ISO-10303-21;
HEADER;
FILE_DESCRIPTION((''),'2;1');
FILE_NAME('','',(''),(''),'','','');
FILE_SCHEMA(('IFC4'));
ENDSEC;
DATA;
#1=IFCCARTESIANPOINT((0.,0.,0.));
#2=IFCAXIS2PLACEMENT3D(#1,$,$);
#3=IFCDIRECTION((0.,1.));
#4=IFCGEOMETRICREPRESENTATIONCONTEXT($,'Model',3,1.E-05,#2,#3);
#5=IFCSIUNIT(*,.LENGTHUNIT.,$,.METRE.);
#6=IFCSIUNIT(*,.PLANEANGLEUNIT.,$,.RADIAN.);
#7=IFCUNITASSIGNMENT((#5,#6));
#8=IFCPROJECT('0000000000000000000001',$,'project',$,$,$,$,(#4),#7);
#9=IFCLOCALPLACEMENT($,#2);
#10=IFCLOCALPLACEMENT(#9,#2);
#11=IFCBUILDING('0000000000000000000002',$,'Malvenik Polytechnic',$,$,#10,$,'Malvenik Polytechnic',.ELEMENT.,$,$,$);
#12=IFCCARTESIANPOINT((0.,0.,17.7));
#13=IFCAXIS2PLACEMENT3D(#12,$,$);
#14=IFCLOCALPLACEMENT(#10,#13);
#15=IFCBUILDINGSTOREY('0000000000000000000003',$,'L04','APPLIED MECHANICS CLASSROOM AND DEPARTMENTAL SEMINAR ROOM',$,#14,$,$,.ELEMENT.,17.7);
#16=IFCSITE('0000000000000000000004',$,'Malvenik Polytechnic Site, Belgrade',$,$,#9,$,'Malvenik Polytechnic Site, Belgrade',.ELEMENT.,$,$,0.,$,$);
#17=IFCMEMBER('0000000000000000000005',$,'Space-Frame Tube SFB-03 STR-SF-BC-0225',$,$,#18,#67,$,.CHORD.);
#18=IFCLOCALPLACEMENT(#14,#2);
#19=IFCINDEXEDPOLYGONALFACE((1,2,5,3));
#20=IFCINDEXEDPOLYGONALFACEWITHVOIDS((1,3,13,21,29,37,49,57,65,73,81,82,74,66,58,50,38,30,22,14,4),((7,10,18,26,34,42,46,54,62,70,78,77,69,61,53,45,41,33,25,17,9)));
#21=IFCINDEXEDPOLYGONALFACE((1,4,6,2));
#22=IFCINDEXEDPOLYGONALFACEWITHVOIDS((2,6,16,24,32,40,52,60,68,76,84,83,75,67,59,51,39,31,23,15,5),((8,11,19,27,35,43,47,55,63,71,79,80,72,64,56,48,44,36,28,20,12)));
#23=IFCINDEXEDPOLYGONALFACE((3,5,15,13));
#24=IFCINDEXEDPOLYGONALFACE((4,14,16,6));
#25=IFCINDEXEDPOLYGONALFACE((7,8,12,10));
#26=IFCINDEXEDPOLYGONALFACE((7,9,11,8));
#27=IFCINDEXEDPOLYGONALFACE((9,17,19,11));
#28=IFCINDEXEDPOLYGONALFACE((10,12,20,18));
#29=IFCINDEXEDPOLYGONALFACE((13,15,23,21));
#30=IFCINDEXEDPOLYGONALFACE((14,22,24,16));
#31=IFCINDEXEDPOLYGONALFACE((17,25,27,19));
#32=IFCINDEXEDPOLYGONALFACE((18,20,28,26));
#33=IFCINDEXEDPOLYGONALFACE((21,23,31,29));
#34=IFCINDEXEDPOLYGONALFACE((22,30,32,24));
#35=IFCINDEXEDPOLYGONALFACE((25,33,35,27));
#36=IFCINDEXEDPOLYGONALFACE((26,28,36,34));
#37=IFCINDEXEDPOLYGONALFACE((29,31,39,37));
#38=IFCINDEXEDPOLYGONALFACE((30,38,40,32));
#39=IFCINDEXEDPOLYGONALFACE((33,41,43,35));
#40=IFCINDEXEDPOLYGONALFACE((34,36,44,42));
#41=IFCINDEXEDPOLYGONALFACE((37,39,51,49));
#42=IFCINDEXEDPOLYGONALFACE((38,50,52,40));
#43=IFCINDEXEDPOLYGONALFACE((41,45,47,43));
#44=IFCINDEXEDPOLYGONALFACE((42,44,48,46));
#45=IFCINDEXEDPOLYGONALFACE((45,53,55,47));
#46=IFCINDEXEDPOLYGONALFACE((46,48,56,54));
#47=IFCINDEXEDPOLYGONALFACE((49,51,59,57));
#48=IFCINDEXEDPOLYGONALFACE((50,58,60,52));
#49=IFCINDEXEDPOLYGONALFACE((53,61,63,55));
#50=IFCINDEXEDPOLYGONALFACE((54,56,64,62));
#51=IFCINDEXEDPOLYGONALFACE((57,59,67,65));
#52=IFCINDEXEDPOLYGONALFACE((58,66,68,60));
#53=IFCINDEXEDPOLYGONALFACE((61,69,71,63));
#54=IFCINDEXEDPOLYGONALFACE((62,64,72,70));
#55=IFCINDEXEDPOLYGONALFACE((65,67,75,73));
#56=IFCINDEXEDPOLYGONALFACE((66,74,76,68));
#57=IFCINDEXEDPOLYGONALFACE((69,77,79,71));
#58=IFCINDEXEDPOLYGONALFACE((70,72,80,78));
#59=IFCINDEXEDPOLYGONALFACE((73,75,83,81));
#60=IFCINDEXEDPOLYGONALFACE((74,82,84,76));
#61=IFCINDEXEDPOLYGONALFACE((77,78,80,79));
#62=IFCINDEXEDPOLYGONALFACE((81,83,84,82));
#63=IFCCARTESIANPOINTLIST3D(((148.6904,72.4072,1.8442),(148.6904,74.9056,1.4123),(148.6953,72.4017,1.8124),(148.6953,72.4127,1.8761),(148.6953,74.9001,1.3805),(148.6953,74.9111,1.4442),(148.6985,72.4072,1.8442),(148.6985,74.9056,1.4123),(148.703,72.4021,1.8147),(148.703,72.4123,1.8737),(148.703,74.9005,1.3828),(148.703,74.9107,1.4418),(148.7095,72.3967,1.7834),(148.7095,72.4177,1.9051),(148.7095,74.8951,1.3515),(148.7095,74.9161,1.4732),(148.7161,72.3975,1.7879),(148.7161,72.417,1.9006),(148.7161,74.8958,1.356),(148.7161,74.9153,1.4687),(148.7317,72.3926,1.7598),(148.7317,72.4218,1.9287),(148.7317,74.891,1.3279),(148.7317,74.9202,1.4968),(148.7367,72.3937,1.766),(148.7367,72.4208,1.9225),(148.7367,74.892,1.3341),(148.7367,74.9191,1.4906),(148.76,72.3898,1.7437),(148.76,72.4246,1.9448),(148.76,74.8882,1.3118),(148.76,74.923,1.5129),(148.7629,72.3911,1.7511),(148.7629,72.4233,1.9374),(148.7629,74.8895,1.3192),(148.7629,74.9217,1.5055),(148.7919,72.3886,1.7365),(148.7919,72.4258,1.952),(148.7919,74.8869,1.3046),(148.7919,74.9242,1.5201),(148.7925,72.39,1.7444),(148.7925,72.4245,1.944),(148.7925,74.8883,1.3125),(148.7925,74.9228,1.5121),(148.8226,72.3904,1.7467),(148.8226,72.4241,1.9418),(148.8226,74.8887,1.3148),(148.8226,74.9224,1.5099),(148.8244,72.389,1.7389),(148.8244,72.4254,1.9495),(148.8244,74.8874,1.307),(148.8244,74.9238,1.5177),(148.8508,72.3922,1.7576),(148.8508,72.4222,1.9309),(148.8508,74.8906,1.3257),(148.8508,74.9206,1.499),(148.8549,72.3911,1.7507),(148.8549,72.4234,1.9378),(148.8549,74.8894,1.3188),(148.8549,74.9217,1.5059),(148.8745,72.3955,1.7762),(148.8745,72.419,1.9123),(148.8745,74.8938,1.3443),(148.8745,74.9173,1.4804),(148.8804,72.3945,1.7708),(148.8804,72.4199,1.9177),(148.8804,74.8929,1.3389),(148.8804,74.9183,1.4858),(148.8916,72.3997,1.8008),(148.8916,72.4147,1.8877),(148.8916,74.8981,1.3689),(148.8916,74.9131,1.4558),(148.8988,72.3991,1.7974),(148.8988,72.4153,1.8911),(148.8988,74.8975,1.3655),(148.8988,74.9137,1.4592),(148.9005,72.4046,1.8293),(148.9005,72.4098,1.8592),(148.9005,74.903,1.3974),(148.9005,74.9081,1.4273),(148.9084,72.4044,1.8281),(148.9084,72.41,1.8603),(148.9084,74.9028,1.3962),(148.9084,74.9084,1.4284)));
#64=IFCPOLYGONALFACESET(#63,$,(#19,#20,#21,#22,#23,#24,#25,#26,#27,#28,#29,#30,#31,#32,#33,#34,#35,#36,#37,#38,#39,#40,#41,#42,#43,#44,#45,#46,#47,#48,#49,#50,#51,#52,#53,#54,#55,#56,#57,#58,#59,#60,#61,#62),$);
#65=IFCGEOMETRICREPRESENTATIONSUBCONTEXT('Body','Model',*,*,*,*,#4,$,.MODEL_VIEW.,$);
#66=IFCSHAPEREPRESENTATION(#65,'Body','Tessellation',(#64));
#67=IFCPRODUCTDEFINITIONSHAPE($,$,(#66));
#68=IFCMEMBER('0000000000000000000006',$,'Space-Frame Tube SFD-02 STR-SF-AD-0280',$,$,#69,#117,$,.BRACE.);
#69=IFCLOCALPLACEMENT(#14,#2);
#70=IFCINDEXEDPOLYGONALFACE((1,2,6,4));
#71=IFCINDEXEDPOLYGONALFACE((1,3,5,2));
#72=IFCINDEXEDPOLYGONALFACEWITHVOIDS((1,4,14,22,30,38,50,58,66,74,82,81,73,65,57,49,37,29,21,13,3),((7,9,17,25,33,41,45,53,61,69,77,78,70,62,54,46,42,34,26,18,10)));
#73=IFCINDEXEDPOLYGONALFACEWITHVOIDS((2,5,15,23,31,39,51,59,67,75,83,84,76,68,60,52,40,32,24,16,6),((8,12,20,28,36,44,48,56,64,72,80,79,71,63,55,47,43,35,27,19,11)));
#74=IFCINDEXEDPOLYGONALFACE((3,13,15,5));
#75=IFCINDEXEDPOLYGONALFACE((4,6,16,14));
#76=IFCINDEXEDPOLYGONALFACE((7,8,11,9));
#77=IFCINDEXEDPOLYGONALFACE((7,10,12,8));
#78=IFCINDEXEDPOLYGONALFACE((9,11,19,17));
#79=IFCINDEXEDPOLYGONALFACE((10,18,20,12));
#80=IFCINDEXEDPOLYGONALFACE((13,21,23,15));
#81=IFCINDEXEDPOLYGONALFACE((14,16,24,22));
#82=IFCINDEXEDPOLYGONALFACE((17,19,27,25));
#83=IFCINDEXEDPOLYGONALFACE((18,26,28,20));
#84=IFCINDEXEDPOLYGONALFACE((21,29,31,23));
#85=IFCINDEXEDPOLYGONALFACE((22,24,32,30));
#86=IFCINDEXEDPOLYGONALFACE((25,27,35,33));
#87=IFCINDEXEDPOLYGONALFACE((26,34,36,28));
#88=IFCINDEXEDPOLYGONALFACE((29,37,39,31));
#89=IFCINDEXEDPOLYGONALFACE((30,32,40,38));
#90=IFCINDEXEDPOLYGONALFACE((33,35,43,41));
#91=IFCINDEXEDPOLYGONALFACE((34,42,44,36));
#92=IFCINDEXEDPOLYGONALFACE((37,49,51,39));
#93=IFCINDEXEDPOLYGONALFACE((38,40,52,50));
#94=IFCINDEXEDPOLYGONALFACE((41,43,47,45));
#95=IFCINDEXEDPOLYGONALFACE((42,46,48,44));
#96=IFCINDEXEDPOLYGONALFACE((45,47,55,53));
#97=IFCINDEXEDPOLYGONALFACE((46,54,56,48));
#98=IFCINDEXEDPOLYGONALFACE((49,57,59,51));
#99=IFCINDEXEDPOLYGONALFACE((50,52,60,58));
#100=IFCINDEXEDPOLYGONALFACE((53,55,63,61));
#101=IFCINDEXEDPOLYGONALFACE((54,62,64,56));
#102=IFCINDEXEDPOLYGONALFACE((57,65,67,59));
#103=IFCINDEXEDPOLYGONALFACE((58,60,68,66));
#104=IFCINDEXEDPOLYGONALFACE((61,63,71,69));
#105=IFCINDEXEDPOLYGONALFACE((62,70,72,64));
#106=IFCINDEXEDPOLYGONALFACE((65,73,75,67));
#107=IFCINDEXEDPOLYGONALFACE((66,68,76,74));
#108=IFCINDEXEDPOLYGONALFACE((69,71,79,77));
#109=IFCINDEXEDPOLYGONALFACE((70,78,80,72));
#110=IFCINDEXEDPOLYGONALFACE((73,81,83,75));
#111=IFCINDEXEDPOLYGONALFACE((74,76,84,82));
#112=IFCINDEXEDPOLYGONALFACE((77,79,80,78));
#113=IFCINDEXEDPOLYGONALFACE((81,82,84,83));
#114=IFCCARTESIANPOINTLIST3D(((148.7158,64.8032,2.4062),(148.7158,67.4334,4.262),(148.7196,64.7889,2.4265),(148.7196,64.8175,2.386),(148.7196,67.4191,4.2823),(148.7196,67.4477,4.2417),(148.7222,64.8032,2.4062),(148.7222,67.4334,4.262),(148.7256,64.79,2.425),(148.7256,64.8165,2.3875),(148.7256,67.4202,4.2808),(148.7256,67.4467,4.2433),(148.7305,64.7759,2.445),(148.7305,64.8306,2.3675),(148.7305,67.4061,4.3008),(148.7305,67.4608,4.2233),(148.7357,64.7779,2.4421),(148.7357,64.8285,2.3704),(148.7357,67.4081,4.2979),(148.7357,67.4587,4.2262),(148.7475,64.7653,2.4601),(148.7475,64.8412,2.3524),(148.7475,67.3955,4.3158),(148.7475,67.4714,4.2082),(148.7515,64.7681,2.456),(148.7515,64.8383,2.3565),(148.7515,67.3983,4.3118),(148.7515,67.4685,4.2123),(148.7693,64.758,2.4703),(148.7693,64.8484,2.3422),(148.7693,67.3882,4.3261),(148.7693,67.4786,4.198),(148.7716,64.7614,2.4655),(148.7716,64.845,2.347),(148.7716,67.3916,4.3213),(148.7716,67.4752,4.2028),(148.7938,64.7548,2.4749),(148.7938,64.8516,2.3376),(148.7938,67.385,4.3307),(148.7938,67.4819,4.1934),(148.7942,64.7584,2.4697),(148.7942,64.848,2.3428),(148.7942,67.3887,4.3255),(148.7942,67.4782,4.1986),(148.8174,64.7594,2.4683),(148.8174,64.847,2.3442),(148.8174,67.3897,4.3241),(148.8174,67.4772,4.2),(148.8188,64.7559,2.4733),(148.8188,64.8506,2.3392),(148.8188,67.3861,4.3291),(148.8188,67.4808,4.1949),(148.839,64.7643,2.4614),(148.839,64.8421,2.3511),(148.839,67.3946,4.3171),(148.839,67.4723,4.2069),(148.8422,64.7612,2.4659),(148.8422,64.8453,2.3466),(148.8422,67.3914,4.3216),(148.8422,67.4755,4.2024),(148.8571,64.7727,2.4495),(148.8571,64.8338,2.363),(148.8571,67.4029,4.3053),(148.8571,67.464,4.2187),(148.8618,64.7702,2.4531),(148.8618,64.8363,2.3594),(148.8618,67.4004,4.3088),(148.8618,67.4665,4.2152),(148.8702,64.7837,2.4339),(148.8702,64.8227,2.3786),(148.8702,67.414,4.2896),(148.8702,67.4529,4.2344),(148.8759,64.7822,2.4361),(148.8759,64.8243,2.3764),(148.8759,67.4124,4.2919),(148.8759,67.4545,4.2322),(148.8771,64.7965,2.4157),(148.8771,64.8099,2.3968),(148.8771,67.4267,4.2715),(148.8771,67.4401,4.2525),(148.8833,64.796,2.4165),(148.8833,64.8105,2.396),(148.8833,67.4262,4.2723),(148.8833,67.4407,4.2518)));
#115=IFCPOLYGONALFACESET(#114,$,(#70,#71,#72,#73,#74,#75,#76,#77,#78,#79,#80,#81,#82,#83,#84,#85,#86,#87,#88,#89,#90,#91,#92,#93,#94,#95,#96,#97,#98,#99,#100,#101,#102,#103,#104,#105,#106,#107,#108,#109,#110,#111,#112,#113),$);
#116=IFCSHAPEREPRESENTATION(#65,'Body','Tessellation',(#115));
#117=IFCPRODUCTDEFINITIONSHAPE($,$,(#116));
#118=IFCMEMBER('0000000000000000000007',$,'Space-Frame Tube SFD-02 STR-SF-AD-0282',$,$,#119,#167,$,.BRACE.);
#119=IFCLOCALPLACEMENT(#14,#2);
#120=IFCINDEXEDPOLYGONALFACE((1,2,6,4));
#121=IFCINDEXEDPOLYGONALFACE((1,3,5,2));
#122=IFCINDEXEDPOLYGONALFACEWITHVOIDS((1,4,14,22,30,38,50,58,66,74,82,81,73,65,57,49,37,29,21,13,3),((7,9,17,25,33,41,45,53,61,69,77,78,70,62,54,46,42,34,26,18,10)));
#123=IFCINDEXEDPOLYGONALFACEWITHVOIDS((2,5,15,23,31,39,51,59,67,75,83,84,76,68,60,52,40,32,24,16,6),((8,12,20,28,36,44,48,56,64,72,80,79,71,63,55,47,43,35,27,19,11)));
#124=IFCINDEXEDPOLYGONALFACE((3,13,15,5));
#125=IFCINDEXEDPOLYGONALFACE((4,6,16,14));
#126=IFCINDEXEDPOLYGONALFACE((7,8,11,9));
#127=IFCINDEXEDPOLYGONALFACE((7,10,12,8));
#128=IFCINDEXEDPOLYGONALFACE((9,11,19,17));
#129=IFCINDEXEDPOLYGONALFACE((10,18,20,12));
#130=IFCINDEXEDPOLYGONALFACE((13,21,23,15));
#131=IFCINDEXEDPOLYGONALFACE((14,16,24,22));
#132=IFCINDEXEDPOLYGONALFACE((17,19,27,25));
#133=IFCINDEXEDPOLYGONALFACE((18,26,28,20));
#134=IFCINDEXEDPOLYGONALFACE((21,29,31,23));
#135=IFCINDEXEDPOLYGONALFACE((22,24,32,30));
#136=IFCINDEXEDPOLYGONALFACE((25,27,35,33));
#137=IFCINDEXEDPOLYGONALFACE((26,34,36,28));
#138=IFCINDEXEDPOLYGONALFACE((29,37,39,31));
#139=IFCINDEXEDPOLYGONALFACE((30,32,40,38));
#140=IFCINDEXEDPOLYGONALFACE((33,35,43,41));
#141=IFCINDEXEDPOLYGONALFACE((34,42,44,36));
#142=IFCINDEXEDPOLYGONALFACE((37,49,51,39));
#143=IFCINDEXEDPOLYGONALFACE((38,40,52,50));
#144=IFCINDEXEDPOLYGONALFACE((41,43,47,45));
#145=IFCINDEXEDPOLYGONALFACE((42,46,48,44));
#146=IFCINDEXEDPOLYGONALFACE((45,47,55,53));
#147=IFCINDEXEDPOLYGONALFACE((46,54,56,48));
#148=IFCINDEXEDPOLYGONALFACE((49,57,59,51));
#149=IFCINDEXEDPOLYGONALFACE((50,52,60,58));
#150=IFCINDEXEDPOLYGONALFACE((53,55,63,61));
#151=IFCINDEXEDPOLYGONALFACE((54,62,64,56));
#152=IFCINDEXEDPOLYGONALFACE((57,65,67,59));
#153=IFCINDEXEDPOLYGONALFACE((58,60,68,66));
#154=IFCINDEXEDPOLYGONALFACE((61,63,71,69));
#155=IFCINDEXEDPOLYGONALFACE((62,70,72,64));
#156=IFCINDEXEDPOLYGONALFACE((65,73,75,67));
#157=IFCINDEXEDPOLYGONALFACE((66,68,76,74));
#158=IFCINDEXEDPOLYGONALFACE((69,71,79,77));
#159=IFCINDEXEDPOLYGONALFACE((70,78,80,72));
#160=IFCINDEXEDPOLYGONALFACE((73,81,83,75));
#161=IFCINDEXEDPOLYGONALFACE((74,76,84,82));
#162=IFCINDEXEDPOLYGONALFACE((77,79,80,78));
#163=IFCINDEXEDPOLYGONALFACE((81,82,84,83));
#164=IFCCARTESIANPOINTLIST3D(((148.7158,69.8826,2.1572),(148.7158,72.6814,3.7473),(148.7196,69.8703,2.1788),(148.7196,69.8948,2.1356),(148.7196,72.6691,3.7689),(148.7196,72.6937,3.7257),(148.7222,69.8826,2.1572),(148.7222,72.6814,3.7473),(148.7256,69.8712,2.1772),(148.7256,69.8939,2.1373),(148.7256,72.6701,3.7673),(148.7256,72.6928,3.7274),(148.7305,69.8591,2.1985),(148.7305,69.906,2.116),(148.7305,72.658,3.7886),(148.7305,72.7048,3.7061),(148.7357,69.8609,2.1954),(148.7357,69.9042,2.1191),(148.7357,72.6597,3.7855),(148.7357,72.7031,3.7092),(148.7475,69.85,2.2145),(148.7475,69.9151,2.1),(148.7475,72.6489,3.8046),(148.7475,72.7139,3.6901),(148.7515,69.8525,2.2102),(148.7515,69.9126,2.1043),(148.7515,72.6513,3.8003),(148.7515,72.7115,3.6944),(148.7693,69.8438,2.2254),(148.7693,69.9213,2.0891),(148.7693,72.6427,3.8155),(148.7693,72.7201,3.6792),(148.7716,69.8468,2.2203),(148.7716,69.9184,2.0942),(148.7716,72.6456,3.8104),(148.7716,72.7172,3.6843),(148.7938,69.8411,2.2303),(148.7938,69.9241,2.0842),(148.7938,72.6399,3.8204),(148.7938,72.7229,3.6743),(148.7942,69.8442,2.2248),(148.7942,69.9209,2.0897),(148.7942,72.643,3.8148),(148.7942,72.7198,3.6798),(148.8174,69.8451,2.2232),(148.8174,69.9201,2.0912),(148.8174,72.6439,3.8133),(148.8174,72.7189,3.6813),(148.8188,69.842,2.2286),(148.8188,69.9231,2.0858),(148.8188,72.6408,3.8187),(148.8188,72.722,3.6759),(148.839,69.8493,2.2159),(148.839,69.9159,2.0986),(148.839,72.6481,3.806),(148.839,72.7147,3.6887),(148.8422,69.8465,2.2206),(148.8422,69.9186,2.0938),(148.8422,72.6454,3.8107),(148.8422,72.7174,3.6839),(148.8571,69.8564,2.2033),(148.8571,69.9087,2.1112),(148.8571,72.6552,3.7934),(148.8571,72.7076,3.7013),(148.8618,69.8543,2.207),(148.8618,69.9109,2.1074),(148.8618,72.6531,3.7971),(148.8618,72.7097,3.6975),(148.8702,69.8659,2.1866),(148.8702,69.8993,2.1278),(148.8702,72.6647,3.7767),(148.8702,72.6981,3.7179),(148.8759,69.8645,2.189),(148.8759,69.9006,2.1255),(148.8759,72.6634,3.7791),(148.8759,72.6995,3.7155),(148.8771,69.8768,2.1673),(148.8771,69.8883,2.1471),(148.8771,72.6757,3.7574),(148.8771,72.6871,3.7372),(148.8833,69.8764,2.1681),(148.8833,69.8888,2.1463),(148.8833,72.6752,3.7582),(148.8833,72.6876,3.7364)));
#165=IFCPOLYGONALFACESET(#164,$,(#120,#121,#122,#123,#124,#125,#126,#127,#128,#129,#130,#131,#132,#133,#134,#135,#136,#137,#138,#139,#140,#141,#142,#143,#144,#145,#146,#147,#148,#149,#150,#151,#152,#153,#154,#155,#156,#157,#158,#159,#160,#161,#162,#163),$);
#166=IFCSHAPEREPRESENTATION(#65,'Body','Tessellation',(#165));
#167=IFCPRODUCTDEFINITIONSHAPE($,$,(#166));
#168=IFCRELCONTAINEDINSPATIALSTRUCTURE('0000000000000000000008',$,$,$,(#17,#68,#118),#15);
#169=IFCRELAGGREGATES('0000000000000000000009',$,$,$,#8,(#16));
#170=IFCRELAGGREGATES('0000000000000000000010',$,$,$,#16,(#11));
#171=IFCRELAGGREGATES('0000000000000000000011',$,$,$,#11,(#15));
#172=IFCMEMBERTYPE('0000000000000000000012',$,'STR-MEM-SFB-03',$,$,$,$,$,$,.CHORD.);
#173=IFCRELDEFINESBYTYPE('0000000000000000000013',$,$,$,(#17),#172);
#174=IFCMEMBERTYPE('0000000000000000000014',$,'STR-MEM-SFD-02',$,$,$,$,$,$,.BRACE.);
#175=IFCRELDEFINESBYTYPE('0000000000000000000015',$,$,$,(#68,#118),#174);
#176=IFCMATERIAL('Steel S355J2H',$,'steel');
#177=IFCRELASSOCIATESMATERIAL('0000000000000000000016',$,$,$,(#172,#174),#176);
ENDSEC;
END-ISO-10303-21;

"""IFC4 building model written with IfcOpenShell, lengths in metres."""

from ifc_helpers import new_model, si_unit, direction, frame, origin, origin_2d, place, context, subcontext, project, spatial, hollow_circle, extrude, material, material_profile, profile_set, type_object, element, save


model = new_model("IFC4")

# Units and contexts
model_context = context("Model", 3, precision=1e-05, world=origin(), true_north=direction((0.0, 1.0)))
body_context = subcontext(model_context, "Body", "Model", "MODEL_VIEW")
ifc_project = project(units=[si_unit("LENGTHUNIT", "METRE"), si_unit("PLANEANGLEUNIT", "RADIAN")], contexts=[model_context])

# Site, building, storey
site_placement = place(None, origin())
site = spatial("IfcSite", under=ifc_project, at=site_placement, Name="Malvenik Polytechnic Site, Belgrade", LongName="Malvenik Polytechnic Site, Belgrade", CompositionType="ELEMENT", RefElevation=0.0)
building_placement = place(site_placement, origin())
building = spatial("IfcBuilding", under=site, at=building_placement, Name="Malvenik Polytechnic", LongName="Malvenik Polytechnic", CompositionType="ELEMENT")
storey_placement = place(building_placement, frame((0.0, 0.0, 17.7)))
storey = spatial("IfcBuildingStorey", under=building, at=storey_placement, Name="L04", Description="APPLIED MECHANICS CLASSROOM AND DEPARTMENTAL SEMINAR ROOM", CompositionType="ELEMENT", Elevation=17.7)

# Members
ifc_material_1 = material(Name="Steel S355J2H", Category="steel")
ifc_material_profile_1 = material_profile(ifc_material_1, hollow_circle(Radius=0.1096, WallThickness=0.0081, at=origin_2d()), Name="CHS 219.1x8.0")
ifc_profile_set_1 = profile_set([ifc_material_profile_1], Name="Steel S355J2H")
member_type_1 = type_object("IfcMemberType", Name="STR-MEM-SFB-03", PredefinedType="CHORD", material=ifc_profile_set_1)
for number, where, z_axis, x_axis, name in (
    (1, (148.8, 72.4072, 1.8442), (0.0, 0.985384, -0.170345), (-1.0, 0.0, 0.0), "Space-Frame Tube SFB-03 STR-SF-BC-0225"),
):
    element("IfcMember", number, at=place(storey_placement, frame(where, z_axis=z_axis, x_axis=x_axis)), inside=storey, type_object=member_type_1, Name=name, PredefinedType="CHORD", context=body_context, shape_type="SweptSolid", body=[
        extrude(hollow_circle(Radius=0.1096, WallThickness=0.0081, at=origin_2d()), origin(), (0.0, 0.0, 1.0), 2.5354),
    ])
ifc_material_profile_2 = material_profile(ifc_material_1, hollow_circle(Radius=0.0842, WallThickness=0.0063, at=origin_2d()), Name="CHS 168.3x6.3")
ifc_profile_set_2 = profile_set([ifc_material_profile_2], Name="Steel S355J2H")
member_type_2 = type_object("IfcMemberType", Name="STR-MEM-SFD-02", PredefinedType="BRACE", material=ifc_profile_set_2)
for number, where, z_axis, x_axis, name in (
    (2, (148.8, 64.8032, 2.4062), (0.0, 0.817092, 0.576507), (-1.0, 0.0, 0.0), "Space-Frame Tube SFD-02 STR-SF-AD-0280"),
    (3, (148.8, 69.8826, 2.1572), (0.0, 0.869477, 0.493973), (-1.0, 0.0, 0.0), "Space-Frame Tube SFD-02 STR-SF-AD-0282"),
):
    element("IfcMember", number, at=place(storey_placement, frame(where, z_axis=z_axis, x_axis=x_axis)), inside=storey, type_object=member_type_2, Name=name, PredefinedType="BRACE", context=body_context, shape_type="SweptSolid", body=[
        extrude(hollow_circle(Radius=0.0842, WallThickness=0.0063, at=origin_2d()), origin(), (0.0, 0.0, 1.0), 3.219),
    ])

save(model, "model.ifc")
